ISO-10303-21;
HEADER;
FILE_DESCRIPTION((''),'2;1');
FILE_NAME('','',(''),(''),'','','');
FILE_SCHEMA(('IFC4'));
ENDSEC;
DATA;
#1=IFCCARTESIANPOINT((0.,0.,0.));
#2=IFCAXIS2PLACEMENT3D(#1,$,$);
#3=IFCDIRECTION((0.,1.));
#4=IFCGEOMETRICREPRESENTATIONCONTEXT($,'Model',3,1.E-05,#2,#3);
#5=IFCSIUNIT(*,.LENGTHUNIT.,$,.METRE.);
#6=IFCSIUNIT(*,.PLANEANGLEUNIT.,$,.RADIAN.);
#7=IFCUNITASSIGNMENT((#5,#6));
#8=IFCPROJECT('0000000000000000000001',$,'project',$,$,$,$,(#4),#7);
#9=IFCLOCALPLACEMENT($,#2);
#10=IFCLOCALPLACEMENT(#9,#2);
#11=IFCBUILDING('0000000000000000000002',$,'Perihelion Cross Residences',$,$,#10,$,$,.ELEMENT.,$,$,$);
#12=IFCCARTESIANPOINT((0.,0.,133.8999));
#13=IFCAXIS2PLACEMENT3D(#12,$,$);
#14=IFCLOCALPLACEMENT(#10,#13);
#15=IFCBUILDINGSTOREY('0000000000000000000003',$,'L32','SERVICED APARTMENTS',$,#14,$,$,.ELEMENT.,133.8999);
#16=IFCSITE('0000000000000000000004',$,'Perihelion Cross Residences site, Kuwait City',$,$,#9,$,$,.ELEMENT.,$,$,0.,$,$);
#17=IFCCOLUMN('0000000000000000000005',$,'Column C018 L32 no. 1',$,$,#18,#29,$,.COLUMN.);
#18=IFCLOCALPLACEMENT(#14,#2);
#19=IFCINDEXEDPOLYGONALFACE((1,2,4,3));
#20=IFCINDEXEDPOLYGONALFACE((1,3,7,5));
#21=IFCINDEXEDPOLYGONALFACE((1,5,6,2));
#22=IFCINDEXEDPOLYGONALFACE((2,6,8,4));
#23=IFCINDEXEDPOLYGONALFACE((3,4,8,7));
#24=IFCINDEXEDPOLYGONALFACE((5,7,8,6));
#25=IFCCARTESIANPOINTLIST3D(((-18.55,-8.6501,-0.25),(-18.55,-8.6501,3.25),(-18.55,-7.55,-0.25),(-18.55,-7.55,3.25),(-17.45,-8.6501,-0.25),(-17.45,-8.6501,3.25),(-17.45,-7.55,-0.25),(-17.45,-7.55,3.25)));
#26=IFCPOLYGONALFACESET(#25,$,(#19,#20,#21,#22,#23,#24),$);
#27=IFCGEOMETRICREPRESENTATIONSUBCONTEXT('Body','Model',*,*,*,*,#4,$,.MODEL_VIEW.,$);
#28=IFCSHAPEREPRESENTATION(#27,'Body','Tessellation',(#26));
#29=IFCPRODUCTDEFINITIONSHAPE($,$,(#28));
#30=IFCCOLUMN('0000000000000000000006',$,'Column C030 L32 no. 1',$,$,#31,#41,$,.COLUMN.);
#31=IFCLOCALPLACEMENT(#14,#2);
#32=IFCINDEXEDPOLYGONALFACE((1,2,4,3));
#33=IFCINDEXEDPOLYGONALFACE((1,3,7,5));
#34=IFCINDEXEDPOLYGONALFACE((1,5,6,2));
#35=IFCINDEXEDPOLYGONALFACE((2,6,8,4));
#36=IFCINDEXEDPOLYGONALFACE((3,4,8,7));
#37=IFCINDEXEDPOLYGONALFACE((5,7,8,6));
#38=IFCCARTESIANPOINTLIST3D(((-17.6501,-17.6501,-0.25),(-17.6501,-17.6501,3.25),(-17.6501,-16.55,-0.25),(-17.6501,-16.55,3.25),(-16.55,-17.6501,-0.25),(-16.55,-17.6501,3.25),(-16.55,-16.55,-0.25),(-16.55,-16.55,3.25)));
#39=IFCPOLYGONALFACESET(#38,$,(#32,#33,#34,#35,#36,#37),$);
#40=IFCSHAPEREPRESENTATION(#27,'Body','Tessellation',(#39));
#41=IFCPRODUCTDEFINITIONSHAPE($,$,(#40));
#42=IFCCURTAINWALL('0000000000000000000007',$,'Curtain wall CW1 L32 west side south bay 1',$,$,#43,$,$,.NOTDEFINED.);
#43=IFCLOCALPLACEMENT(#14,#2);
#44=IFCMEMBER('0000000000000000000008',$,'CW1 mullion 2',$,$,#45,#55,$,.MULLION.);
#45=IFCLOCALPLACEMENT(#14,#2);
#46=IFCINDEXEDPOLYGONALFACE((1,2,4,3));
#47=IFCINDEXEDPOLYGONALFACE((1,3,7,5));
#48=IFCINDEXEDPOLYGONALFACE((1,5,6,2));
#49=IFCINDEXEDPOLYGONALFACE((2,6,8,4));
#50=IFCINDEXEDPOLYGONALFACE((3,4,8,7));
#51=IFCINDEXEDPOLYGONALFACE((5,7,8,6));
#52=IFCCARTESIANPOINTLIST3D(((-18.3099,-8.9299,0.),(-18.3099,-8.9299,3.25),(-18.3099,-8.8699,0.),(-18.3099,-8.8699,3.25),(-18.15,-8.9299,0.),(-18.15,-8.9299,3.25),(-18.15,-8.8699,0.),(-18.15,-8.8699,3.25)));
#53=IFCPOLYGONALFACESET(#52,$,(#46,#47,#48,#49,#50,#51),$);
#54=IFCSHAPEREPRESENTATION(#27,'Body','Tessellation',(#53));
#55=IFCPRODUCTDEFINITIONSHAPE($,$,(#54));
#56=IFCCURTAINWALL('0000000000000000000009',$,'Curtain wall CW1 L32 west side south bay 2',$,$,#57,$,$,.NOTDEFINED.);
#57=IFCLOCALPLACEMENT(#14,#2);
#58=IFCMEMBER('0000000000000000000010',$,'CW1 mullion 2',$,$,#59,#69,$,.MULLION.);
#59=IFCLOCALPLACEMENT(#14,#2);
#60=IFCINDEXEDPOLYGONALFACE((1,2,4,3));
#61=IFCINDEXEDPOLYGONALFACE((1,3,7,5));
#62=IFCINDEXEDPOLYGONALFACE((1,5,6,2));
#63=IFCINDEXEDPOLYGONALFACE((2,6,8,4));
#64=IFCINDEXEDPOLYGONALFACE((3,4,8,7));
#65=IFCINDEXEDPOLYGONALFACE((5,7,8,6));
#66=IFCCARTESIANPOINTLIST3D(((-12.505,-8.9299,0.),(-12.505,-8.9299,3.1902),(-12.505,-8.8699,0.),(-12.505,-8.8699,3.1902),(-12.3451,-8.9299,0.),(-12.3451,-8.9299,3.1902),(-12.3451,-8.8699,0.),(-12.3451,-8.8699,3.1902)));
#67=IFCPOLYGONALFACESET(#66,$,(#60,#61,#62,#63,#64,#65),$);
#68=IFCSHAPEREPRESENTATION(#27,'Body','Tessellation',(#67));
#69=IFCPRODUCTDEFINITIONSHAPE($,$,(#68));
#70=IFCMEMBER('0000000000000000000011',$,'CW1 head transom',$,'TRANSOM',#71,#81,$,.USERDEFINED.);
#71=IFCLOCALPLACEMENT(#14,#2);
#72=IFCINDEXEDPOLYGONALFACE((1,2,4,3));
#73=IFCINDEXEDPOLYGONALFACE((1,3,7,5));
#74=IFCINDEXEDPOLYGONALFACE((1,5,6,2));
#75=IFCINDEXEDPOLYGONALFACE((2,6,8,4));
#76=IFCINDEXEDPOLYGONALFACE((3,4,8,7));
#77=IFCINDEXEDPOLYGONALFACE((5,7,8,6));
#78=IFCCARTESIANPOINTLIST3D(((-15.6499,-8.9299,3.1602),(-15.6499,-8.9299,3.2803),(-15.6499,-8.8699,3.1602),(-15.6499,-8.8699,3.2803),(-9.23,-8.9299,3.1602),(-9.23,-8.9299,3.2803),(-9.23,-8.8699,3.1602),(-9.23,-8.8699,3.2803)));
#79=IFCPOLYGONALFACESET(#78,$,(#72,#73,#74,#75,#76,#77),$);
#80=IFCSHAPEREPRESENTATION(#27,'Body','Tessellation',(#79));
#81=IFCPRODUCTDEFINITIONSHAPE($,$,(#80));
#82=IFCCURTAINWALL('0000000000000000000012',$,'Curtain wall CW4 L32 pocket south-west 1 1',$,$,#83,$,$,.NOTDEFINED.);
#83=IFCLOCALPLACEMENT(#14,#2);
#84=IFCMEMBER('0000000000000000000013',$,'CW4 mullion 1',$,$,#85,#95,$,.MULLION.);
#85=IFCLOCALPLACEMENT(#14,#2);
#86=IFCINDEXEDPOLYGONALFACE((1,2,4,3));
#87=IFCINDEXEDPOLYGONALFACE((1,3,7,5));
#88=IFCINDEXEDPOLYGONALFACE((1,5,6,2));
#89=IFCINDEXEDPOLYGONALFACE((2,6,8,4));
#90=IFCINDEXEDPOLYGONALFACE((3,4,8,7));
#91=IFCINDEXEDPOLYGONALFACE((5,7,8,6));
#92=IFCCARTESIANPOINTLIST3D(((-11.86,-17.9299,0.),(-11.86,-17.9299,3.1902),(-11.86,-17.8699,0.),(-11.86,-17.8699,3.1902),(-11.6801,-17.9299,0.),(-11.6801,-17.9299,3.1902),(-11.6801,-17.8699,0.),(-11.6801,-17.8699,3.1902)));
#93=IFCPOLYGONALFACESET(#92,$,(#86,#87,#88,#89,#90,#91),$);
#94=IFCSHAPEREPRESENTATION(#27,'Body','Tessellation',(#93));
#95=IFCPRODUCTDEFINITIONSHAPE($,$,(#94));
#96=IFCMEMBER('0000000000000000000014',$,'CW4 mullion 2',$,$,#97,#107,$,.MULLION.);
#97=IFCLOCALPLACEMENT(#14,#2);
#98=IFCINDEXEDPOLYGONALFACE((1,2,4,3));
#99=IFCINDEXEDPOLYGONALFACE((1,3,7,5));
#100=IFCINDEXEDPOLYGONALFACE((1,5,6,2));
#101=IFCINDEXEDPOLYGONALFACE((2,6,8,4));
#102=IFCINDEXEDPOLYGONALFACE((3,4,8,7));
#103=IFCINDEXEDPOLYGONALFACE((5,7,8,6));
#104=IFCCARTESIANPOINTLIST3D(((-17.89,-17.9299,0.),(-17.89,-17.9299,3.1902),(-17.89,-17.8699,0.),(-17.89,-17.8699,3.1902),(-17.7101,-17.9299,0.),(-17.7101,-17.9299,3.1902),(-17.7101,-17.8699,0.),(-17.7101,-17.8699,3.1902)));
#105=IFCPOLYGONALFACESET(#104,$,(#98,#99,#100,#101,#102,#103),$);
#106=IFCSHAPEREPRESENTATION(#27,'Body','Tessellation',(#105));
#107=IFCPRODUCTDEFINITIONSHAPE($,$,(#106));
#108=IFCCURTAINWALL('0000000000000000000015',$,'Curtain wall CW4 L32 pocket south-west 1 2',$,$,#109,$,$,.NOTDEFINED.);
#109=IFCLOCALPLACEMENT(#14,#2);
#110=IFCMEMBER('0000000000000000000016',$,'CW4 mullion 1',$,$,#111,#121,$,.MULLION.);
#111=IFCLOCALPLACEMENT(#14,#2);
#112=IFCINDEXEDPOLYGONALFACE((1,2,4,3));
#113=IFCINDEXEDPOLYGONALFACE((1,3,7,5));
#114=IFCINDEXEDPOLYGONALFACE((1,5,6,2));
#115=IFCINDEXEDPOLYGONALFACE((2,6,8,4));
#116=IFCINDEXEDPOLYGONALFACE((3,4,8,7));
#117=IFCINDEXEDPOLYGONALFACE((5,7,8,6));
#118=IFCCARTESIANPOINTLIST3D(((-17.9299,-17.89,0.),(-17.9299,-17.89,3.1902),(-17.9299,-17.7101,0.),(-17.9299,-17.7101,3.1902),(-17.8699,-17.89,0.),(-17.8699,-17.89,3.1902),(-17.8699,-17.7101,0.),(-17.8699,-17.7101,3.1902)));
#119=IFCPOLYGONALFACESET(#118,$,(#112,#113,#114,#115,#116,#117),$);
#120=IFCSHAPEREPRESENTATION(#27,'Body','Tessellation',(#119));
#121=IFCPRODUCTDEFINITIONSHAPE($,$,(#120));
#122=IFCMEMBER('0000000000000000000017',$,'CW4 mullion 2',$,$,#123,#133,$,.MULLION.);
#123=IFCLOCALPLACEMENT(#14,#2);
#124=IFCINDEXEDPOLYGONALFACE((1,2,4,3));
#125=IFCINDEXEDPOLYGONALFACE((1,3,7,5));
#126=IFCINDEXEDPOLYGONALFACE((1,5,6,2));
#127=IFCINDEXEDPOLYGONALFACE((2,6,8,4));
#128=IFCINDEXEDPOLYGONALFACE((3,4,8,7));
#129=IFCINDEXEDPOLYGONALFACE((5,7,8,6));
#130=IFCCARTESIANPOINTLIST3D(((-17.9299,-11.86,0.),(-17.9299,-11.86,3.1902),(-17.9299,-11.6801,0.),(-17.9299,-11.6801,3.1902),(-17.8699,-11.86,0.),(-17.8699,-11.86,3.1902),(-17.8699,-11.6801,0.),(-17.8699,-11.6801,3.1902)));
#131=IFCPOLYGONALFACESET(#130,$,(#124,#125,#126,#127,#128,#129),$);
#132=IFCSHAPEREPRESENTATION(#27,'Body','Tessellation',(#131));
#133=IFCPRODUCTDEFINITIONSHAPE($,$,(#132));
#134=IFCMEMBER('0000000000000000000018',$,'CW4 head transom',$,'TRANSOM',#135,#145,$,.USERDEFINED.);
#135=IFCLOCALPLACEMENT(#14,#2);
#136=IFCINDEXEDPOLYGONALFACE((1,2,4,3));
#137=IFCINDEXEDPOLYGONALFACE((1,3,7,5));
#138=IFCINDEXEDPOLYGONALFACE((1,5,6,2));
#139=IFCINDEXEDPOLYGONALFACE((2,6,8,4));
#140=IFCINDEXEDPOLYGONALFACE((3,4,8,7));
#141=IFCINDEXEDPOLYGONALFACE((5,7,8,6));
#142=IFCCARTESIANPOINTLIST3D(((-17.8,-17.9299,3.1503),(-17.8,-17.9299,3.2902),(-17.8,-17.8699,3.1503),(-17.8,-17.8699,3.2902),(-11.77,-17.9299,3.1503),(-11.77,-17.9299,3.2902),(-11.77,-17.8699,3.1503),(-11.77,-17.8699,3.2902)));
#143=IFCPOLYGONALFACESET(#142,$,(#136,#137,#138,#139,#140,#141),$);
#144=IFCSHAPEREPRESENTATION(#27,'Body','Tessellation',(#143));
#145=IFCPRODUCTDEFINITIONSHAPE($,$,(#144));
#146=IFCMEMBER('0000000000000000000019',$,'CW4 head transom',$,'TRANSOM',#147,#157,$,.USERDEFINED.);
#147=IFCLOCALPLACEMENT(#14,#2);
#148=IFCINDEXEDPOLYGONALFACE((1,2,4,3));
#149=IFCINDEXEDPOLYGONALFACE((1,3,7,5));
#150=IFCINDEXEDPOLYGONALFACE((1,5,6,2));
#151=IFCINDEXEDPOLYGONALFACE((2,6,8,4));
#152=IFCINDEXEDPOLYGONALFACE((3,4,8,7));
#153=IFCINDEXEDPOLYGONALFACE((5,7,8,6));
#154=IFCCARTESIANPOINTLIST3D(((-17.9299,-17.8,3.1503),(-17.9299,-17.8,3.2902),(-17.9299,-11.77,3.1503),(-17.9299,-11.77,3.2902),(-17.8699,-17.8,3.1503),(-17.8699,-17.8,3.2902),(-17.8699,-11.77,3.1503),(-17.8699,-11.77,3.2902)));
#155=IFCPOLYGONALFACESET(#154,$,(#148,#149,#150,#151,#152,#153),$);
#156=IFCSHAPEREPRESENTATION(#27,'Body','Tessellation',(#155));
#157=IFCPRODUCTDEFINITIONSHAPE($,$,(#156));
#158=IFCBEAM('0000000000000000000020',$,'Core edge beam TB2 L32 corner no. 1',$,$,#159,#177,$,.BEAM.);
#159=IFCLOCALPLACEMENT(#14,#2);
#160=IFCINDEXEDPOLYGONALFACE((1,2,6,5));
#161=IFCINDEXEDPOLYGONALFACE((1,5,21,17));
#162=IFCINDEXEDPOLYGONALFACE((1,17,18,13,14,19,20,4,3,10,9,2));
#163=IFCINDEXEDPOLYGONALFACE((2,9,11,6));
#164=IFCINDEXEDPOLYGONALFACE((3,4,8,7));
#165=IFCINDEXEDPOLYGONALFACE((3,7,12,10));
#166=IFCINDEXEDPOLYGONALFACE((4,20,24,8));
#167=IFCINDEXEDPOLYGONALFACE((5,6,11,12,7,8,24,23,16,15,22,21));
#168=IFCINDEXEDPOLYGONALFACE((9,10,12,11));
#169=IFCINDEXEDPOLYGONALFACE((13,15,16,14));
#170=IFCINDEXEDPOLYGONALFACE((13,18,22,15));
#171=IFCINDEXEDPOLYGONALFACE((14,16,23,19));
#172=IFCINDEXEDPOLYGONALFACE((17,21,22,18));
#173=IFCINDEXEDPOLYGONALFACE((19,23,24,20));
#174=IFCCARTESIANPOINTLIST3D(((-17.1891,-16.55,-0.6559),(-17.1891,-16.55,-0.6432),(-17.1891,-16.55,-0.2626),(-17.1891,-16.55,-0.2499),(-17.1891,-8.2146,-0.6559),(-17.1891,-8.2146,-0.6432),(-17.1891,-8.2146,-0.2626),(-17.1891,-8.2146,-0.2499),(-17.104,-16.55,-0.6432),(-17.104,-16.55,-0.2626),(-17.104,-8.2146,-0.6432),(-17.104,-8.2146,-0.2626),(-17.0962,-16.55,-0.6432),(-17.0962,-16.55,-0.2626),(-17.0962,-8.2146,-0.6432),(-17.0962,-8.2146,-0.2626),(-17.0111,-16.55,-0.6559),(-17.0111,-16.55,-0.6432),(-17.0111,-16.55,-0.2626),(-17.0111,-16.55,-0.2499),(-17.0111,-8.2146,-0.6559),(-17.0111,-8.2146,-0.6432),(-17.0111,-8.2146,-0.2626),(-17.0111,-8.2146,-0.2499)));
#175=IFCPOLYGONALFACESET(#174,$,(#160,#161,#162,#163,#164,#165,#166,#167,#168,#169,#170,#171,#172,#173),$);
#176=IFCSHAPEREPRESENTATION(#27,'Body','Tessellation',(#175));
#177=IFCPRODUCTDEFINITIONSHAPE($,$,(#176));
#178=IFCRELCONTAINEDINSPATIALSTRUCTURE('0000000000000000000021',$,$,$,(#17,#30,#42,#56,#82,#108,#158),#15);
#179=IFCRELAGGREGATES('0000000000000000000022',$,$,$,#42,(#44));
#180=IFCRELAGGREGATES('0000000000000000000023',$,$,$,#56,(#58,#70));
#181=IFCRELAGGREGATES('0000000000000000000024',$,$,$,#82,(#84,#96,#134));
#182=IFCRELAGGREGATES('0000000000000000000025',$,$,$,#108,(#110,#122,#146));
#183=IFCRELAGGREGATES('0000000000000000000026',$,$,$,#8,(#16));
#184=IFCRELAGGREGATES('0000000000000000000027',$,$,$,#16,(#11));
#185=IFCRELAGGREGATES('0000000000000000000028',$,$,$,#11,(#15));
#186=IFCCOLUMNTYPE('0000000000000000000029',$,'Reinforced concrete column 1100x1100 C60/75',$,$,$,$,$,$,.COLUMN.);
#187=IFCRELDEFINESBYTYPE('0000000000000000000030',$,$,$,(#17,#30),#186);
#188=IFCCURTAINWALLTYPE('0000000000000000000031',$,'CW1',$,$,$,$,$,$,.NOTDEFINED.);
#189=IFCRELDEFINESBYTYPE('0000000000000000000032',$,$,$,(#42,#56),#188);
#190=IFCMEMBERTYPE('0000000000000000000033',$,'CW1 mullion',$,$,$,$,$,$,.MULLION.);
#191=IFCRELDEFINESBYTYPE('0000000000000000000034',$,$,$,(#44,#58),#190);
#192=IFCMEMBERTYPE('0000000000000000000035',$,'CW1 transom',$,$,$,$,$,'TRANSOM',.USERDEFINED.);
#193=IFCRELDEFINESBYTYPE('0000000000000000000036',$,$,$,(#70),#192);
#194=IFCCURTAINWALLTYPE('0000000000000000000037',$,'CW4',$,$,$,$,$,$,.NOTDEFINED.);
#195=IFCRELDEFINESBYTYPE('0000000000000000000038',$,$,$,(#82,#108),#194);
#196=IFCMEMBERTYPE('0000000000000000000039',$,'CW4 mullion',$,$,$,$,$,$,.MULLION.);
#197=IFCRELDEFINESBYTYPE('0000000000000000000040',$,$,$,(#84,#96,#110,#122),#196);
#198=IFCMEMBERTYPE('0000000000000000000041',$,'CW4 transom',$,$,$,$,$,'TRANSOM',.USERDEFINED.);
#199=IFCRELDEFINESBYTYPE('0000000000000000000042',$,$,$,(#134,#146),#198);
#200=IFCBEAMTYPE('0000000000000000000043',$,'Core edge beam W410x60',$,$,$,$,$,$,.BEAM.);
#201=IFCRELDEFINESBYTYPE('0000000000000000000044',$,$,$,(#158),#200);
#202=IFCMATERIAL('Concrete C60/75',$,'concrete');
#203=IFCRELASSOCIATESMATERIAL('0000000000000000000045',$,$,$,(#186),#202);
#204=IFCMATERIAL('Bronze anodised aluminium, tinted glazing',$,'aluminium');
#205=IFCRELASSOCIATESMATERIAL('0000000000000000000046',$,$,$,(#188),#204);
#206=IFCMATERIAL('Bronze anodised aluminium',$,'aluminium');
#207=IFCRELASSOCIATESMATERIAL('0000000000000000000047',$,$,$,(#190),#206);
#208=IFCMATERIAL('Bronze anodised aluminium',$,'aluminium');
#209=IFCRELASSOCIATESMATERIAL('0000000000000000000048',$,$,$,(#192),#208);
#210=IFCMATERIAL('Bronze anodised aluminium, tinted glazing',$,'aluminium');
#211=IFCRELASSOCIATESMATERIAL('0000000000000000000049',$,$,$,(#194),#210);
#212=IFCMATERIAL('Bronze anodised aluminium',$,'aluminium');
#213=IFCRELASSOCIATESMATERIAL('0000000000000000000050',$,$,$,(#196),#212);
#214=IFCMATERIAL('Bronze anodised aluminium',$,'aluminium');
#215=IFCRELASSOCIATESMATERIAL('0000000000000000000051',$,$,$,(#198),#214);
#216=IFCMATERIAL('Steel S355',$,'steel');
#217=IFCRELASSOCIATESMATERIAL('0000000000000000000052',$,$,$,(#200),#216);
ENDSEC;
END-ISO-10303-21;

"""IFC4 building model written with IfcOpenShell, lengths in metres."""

from ifc_helpers import new_model, si_unit, direction, frame, origin, origin_2d, place, context, subcontext, project, spatial, rectangle, i_section, extrude, material, material_profile, profile_set, type_object, element, aggregate, save


model = new_model("IFC4")

# Units and contexts
model_context = context("Model", 3, precision=1e-05, world=origin(), true_north=direction((0.0, 1.0)))
body_context = subcontext(model_context, "Body", "Model", "MODEL_VIEW")
ifc_project = project(units=[si_unit("LENGTHUNIT", "METRE"), si_unit("PLANEANGLEUNIT", "RADIAN")], contexts=[model_context])

# Site, building, storey
site_placement = place(None, origin())
site = spatial("IfcSite", under=ifc_project, at=site_placement, Name="Perihelion Cross Residences site, Kuwait City", CompositionType="ELEMENT", RefElevation=0.0)
building_placement = place(site_placement, origin())
building = spatial("IfcBuilding", under=site, at=building_placement, Name="Perihelion Cross Residences", CompositionType="ELEMENT")
storey_placement = place(building_placement, frame((0.0, 0.0, 133.8999)))
storey = spatial("IfcBuildingStorey", under=building, at=storey_placement, Name="L32", Description="SERVICED APARTMENTS", CompositionType="ELEMENT", Elevation=133.8999)

# Columns
ifc_material_1 = material(Name="Concrete C60/75", Category="concrete")
ifc_material_profile_1 = material_profile(ifc_material_1, rectangle(XDim=1.1001, YDim=1.1001, at=origin_2d()), Name="RC 1100x1100")
ifc_profile_set_1 = profile_set([ifc_material_profile_1], Name="Concrete C60/75")
column_type = type_object("IfcColumnType", Name="Reinforced concrete column 1100x1100 C60/75", PredefinedType="COLUMN", material=ifc_profile_set_1)
for number, where, z_axis, x_axis, name in (
    (1, (-18.0, -8.1001, -0.25), (0.0, 0.0, 1.0), (1.0, 0.0, 0.0), "Column C018 L32 no. 1"),
    (2, (-17.1001, -17.1001, -0.25), (0.0, 0.0, 1.0), (1.0, 0.0, 0.0), "Column C030 L32 no. 1"),
):
    element("IfcColumn", number, at=place(storey_placement, frame(where, z_axis=z_axis, x_axis=x_axis)), inside=storey, type_object=column_type, Name=name, PredefinedType="COLUMN", context=body_context, shape_type="SweptSolid", body=[
        extrude(rectangle(XDim=1.1001, YDim=1.1001, at=origin_2d()), origin(), (0.0, 0.0, 1.0), 3.5),
    ])

# Curtain wall, member
ifc_material_2 = material(Name="Bronze anodised aluminium, tinted glazing", Category="aluminium")
curtain_wall_type_1 = type_object("IfcCurtainWallType", Name="CW1", PredefinedType="NOTDEFINED", material=ifc_material_2)
curtain_wall_1_placement = place(storey_placement, origin())
curtain_wall_1 = element("IfcCurtainWall", 3, at=curtain_wall_1_placement, inside=storey, type_object=curtain_wall_type_1, Name="Curtain wall CW1 L32 west side south bay 1", PredefinedType="NOTDEFINED")
ifc_material_3 = material(Name="Bronze anodised aluminium", Category="aluminium")
ifc_material_profile_2 = material_profile(ifc_material_3, rectangle(XDim=0.0601, YDim=0.1599, at=origin_2d()), Name="CW1 mullion")
ifc_profile_set_2 = profile_set([ifc_material_profile_2], Name="Bronze anodised aluminium")
member_type_1 = type_object("IfcMemberType", Name="CW1 mullion", PredefinedType="MULLION", material=ifc_profile_set_2)
member_1_placement = place(storey_placement, frame((-18.23, -8.8999, 0.0), z_axis=(0.0, 0.0, 1.0), x_axis=(0.0, 1.0, 0.0)))
member_1 = element("IfcMember", 4, at=member_1_placement, type_object=member_type_1, Name="CW1 mullion 2", PredefinedType="MULLION", context=body_context, shape_type="SweptSolid", body=[
    extrude(rectangle(XDim=0.0601, YDim=0.1599, at=origin_2d()), origin(), (0.0, 0.0, 1.0), 3.25),
])

# Curtain walls, members
curtain_wall_2_placement = place(storey_placement, origin())
curtain_wall_2 = element("IfcCurtainWall", 5, at=curtain_wall_2_placement, inside=storey, type_object=curtain_wall_type_1, Name="Curtain wall CW1 L32 west side south bay 2", PredefinedType="NOTDEFINED")
member_2_placement = place(storey_placement, frame((-12.425, -8.8999, 0.0), z_axis=(0.0, 0.0, 1.0), x_axis=(0.0, 1.0, 0.0)))
member_2 = element("IfcMember", 6, at=member_2_placement, type_object=member_type_1, Name="CW1 mullion 2", PredefinedType="MULLION", context=body_context, shape_type="SweptSolid", body=[
    extrude(rectangle(XDim=0.0601, YDim=0.1599, at=origin_2d()), origin(), (0.0, 0.0, 1.0), 3.1902),
])
ifc_material_4 = material(Name="Bronze anodised aluminium", Category="aluminium")
ifc_material_profile_3 = material_profile(ifc_material_4, rectangle(XDim=0.0601, YDim=0.1201, at=origin_2d()), Name="CW1 transom")
ifc_profile_set_3 = profile_set([ifc_material_profile_3], Name="Bronze anodised aluminium")
member_type_2 = type_object("IfcMemberType", Name="CW1 transom", ElementType="TRANSOM", PredefinedType="USERDEFINED", material=ifc_profile_set_3)
member_3_placement = place(storey_placement, frame((-15.6499, -8.8999, 3.2202), z_axis=(1.0, 0.0, 0.0), x_axis=(0.0, 1.0, 0.0)))
member_3 = element("IfcMember", 7, at=member_3_placement, type_object=member_type_2, Name="CW1 head transom", ObjectType="TRANSOM", PredefinedType="USERDEFINED", context=body_context, shape_type="SweptSolid", body=[
    extrude(rectangle(XDim=0.0601, YDim=0.1201, at=origin_2d()), origin(), (0.0, 0.0, 1.0), 6.4199),
])
ifc_material_5 = material(Name="Bronze anodised aluminium, tinted glazing", Category="aluminium")
curtain_wall_type_2 = type_object("IfcCurtainWallType", Name="CW4", PredefinedType="NOTDEFINED", material=ifc_material_5)
curtain_wall_3_placement = place(storey_placement, origin())
curtain_wall_3 = element("IfcCurtainWall", 8, at=curtain_wall_3_placement, inside=storey, type_object=curtain_wall_type_2, Name="Curtain wall CW4 L32 pocket south-west 1 1", PredefinedType="NOTDEFINED")
ifc_material_6 = material(Name="Bronze anodised aluminium", Category="aluminium")
ifc_material_profile_4 = material_profile(ifc_material_6, rectangle(XDim=0.0601, YDim=0.1799, at=origin_2d()), Name="CW4 mullion")
ifc_profile_set_4 = profile_set([ifc_material_profile_4], Name="Bronze anodised aluminium")
member_type_3 = type_object("IfcMemberType", Name="CW4 mullion", PredefinedType="MULLION", material=ifc_profile_set_4)
member_4_placement = place(storey_placement, frame((-11.77, -17.8999, 0.0), z_axis=(0.0, 0.0, 1.0), x_axis=(0.0, -1.0, 0.0)))
member_4 = element("IfcMember", 9, at=member_4_placement, type_object=member_type_3, Name="CW4 mullion 1", PredefinedType="MULLION", context=body_context, shape_type="SweptSolid", body=[
    extrude(rectangle(XDim=0.0601, YDim=0.1799, at=origin_2d()), origin(), (0.0, 0.0, 1.0), 3.1902),
])
member_5_placement = place(storey_placement, frame((-17.8, -17.8999, 0.0), z_axis=(0.0, 0.0, 1.0), x_axis=(0.0, -1.0, 0.0)))
member_5 = element("IfcMember", 10, at=member_5_placement, type_object=member_type_3, Name="CW4 mullion 2", PredefinedType="MULLION", context=body_context, shape_type="SweptSolid", body=[
    extrude(rectangle(XDim=0.0601, YDim=0.1799, at=origin_2d()), origin(), (0.0, 0.0, 1.0), 3.1902),
])
curtain_wall_4_placement = place(storey_placement, origin())
curtain_wall_4 = element("IfcCurtainWall", 11, at=curtain_wall_4_placement, inside=storey, type_object=curtain_wall_type_2, Name="Curtain wall CW4 L32 pocket south-west 1 2", PredefinedType="NOTDEFINED")
member_6_placement = place(storey_placement, frame((-17.8999, -17.8, 0.0), z_axis=(0.0, 0.0, 1.0), x_axis=(-1.0, 0.0, 0.0)))
member_6 = element("IfcMember", 12, at=member_6_placement, type_object=member_type_3, Name="CW4 mullion 1", PredefinedType="MULLION", context=body_context, shape_type="SweptSolid", body=[
    extrude(rectangle(XDim=0.0601, YDim=0.1799, at=origin_2d()), origin(), (0.0, 0.0, 1.0), 3.1902),
])
member_7_placement = place(storey_placement, frame((-17.8999, -11.77, 0.0), z_axis=(0.0, 0.0, 1.0), x_axis=(-1.0, 0.0, 0.0)))
member_7 = element("IfcMember", 13, at=member_7_placement, type_object=member_type_3, Name="CW4 mullion 2", PredefinedType="MULLION", context=body_context, shape_type="SweptSolid", body=[
    extrude(rectangle(XDim=0.0601, YDim=0.1799, at=origin_2d()), origin(), (0.0, 0.0, 1.0), 3.1902),
])

# Members
ifc_material_7 = material(Name="Bronze anodised aluminium", Category="aluminium")
ifc_material_profile_5 = material_profile(ifc_material_7, rectangle(XDim=0.0601, YDim=0.1399, at=origin_2d()), Name="CW4 transom")
ifc_profile_set_5 = profile_set([ifc_material_profile_5], Name="Bronze anodised aluminium")
member_type_4 = type_object("IfcMemberType", Name="CW4 transom", ElementType="TRANSOM", PredefinedType="USERDEFINED", material=ifc_profile_set_5)
member_8_placement = place(storey_placement, frame((-11.77, -17.8999, 3.2202), z_axis=(-1.0, 0.0, 0.0), x_axis=(0.0, -1.0, 0.0)))
member_8 = element("IfcMember", 14, at=member_8_placement, type_object=member_type_4, Name="CW4 head transom", ObjectType="TRANSOM", PredefinedType="USERDEFINED", context=body_context, shape_type="SweptSolid", body=[
    extrude(rectangle(XDim=0.0601, YDim=0.1399, at=origin_2d()), origin(), (0.0, 0.0, 1.0), 6.03),
])
member_9_placement = place(storey_placement, frame((-17.8999, -17.8, 3.2202), z_axis=(0.0, 1.0, 0.0), x_axis=(-1.0, 0.0, 0.0)))
member_9 = element("IfcMember", 15, at=member_9_placement, type_object=member_type_4, Name="CW4 head transom", ObjectType="TRANSOM", PredefinedType="USERDEFINED", context=body_context, shape_type="SweptSolid", body=[
    extrude(rectangle(XDim=0.0601, YDim=0.1399, at=origin_2d()), origin(), (0.0, 0.0, 1.0), 6.03),
])

# Beam
ifc_material_8 = material(Name="Steel S355", Category="steel")
ifc_material_profile_6 = material_profile(ifc_material_8, i_section(OverallWidth=0.178, OverallDepth=0.406, WebThickness=0.0078, FlangeThickness=0.0127, at=origin_2d()), Name="W410x60")
ifc_profile_set_6 = profile_set([ifc_material_profile_6], Name="Steel S355")
beam_type_1 = type_object("IfcBeamType", Name="Core edge beam W410x60", PredefinedType="BEAM", material=ifc_profile_set_6)
beam_1_placement = place(storey_placement, frame((-17.1001, -8.2146, -0.4529), z_axis=(0.0, -1.0, 0.0), x_axis=(1.0, 0.0, 0.0)))
element("IfcBeam", 16, at=beam_1_placement, inside=storey, type_object=beam_type_1, Name="Core edge beam TB2 L32 corner no. 1", PredefinedType="BEAM", context=body_context, shape_type="SweptSolid", body=[
    extrude(i_section(OverallWidth=0.178, OverallDepth=0.406, WebThickness=0.0078, FlangeThickness=0.0127, at=origin_2d()), origin(), (0.0, 0.0, 1.0), 8.3354),
])

aggregate(curtain_wall_1, [member_1])
aggregate(curtain_wall_2, [member_2, member_3])
aggregate(curtain_wall_3, [member_4, member_5, member_8])
aggregate(curtain_wall_4, [member_6, member_7, member_9])

save(model, "model.ifc")
